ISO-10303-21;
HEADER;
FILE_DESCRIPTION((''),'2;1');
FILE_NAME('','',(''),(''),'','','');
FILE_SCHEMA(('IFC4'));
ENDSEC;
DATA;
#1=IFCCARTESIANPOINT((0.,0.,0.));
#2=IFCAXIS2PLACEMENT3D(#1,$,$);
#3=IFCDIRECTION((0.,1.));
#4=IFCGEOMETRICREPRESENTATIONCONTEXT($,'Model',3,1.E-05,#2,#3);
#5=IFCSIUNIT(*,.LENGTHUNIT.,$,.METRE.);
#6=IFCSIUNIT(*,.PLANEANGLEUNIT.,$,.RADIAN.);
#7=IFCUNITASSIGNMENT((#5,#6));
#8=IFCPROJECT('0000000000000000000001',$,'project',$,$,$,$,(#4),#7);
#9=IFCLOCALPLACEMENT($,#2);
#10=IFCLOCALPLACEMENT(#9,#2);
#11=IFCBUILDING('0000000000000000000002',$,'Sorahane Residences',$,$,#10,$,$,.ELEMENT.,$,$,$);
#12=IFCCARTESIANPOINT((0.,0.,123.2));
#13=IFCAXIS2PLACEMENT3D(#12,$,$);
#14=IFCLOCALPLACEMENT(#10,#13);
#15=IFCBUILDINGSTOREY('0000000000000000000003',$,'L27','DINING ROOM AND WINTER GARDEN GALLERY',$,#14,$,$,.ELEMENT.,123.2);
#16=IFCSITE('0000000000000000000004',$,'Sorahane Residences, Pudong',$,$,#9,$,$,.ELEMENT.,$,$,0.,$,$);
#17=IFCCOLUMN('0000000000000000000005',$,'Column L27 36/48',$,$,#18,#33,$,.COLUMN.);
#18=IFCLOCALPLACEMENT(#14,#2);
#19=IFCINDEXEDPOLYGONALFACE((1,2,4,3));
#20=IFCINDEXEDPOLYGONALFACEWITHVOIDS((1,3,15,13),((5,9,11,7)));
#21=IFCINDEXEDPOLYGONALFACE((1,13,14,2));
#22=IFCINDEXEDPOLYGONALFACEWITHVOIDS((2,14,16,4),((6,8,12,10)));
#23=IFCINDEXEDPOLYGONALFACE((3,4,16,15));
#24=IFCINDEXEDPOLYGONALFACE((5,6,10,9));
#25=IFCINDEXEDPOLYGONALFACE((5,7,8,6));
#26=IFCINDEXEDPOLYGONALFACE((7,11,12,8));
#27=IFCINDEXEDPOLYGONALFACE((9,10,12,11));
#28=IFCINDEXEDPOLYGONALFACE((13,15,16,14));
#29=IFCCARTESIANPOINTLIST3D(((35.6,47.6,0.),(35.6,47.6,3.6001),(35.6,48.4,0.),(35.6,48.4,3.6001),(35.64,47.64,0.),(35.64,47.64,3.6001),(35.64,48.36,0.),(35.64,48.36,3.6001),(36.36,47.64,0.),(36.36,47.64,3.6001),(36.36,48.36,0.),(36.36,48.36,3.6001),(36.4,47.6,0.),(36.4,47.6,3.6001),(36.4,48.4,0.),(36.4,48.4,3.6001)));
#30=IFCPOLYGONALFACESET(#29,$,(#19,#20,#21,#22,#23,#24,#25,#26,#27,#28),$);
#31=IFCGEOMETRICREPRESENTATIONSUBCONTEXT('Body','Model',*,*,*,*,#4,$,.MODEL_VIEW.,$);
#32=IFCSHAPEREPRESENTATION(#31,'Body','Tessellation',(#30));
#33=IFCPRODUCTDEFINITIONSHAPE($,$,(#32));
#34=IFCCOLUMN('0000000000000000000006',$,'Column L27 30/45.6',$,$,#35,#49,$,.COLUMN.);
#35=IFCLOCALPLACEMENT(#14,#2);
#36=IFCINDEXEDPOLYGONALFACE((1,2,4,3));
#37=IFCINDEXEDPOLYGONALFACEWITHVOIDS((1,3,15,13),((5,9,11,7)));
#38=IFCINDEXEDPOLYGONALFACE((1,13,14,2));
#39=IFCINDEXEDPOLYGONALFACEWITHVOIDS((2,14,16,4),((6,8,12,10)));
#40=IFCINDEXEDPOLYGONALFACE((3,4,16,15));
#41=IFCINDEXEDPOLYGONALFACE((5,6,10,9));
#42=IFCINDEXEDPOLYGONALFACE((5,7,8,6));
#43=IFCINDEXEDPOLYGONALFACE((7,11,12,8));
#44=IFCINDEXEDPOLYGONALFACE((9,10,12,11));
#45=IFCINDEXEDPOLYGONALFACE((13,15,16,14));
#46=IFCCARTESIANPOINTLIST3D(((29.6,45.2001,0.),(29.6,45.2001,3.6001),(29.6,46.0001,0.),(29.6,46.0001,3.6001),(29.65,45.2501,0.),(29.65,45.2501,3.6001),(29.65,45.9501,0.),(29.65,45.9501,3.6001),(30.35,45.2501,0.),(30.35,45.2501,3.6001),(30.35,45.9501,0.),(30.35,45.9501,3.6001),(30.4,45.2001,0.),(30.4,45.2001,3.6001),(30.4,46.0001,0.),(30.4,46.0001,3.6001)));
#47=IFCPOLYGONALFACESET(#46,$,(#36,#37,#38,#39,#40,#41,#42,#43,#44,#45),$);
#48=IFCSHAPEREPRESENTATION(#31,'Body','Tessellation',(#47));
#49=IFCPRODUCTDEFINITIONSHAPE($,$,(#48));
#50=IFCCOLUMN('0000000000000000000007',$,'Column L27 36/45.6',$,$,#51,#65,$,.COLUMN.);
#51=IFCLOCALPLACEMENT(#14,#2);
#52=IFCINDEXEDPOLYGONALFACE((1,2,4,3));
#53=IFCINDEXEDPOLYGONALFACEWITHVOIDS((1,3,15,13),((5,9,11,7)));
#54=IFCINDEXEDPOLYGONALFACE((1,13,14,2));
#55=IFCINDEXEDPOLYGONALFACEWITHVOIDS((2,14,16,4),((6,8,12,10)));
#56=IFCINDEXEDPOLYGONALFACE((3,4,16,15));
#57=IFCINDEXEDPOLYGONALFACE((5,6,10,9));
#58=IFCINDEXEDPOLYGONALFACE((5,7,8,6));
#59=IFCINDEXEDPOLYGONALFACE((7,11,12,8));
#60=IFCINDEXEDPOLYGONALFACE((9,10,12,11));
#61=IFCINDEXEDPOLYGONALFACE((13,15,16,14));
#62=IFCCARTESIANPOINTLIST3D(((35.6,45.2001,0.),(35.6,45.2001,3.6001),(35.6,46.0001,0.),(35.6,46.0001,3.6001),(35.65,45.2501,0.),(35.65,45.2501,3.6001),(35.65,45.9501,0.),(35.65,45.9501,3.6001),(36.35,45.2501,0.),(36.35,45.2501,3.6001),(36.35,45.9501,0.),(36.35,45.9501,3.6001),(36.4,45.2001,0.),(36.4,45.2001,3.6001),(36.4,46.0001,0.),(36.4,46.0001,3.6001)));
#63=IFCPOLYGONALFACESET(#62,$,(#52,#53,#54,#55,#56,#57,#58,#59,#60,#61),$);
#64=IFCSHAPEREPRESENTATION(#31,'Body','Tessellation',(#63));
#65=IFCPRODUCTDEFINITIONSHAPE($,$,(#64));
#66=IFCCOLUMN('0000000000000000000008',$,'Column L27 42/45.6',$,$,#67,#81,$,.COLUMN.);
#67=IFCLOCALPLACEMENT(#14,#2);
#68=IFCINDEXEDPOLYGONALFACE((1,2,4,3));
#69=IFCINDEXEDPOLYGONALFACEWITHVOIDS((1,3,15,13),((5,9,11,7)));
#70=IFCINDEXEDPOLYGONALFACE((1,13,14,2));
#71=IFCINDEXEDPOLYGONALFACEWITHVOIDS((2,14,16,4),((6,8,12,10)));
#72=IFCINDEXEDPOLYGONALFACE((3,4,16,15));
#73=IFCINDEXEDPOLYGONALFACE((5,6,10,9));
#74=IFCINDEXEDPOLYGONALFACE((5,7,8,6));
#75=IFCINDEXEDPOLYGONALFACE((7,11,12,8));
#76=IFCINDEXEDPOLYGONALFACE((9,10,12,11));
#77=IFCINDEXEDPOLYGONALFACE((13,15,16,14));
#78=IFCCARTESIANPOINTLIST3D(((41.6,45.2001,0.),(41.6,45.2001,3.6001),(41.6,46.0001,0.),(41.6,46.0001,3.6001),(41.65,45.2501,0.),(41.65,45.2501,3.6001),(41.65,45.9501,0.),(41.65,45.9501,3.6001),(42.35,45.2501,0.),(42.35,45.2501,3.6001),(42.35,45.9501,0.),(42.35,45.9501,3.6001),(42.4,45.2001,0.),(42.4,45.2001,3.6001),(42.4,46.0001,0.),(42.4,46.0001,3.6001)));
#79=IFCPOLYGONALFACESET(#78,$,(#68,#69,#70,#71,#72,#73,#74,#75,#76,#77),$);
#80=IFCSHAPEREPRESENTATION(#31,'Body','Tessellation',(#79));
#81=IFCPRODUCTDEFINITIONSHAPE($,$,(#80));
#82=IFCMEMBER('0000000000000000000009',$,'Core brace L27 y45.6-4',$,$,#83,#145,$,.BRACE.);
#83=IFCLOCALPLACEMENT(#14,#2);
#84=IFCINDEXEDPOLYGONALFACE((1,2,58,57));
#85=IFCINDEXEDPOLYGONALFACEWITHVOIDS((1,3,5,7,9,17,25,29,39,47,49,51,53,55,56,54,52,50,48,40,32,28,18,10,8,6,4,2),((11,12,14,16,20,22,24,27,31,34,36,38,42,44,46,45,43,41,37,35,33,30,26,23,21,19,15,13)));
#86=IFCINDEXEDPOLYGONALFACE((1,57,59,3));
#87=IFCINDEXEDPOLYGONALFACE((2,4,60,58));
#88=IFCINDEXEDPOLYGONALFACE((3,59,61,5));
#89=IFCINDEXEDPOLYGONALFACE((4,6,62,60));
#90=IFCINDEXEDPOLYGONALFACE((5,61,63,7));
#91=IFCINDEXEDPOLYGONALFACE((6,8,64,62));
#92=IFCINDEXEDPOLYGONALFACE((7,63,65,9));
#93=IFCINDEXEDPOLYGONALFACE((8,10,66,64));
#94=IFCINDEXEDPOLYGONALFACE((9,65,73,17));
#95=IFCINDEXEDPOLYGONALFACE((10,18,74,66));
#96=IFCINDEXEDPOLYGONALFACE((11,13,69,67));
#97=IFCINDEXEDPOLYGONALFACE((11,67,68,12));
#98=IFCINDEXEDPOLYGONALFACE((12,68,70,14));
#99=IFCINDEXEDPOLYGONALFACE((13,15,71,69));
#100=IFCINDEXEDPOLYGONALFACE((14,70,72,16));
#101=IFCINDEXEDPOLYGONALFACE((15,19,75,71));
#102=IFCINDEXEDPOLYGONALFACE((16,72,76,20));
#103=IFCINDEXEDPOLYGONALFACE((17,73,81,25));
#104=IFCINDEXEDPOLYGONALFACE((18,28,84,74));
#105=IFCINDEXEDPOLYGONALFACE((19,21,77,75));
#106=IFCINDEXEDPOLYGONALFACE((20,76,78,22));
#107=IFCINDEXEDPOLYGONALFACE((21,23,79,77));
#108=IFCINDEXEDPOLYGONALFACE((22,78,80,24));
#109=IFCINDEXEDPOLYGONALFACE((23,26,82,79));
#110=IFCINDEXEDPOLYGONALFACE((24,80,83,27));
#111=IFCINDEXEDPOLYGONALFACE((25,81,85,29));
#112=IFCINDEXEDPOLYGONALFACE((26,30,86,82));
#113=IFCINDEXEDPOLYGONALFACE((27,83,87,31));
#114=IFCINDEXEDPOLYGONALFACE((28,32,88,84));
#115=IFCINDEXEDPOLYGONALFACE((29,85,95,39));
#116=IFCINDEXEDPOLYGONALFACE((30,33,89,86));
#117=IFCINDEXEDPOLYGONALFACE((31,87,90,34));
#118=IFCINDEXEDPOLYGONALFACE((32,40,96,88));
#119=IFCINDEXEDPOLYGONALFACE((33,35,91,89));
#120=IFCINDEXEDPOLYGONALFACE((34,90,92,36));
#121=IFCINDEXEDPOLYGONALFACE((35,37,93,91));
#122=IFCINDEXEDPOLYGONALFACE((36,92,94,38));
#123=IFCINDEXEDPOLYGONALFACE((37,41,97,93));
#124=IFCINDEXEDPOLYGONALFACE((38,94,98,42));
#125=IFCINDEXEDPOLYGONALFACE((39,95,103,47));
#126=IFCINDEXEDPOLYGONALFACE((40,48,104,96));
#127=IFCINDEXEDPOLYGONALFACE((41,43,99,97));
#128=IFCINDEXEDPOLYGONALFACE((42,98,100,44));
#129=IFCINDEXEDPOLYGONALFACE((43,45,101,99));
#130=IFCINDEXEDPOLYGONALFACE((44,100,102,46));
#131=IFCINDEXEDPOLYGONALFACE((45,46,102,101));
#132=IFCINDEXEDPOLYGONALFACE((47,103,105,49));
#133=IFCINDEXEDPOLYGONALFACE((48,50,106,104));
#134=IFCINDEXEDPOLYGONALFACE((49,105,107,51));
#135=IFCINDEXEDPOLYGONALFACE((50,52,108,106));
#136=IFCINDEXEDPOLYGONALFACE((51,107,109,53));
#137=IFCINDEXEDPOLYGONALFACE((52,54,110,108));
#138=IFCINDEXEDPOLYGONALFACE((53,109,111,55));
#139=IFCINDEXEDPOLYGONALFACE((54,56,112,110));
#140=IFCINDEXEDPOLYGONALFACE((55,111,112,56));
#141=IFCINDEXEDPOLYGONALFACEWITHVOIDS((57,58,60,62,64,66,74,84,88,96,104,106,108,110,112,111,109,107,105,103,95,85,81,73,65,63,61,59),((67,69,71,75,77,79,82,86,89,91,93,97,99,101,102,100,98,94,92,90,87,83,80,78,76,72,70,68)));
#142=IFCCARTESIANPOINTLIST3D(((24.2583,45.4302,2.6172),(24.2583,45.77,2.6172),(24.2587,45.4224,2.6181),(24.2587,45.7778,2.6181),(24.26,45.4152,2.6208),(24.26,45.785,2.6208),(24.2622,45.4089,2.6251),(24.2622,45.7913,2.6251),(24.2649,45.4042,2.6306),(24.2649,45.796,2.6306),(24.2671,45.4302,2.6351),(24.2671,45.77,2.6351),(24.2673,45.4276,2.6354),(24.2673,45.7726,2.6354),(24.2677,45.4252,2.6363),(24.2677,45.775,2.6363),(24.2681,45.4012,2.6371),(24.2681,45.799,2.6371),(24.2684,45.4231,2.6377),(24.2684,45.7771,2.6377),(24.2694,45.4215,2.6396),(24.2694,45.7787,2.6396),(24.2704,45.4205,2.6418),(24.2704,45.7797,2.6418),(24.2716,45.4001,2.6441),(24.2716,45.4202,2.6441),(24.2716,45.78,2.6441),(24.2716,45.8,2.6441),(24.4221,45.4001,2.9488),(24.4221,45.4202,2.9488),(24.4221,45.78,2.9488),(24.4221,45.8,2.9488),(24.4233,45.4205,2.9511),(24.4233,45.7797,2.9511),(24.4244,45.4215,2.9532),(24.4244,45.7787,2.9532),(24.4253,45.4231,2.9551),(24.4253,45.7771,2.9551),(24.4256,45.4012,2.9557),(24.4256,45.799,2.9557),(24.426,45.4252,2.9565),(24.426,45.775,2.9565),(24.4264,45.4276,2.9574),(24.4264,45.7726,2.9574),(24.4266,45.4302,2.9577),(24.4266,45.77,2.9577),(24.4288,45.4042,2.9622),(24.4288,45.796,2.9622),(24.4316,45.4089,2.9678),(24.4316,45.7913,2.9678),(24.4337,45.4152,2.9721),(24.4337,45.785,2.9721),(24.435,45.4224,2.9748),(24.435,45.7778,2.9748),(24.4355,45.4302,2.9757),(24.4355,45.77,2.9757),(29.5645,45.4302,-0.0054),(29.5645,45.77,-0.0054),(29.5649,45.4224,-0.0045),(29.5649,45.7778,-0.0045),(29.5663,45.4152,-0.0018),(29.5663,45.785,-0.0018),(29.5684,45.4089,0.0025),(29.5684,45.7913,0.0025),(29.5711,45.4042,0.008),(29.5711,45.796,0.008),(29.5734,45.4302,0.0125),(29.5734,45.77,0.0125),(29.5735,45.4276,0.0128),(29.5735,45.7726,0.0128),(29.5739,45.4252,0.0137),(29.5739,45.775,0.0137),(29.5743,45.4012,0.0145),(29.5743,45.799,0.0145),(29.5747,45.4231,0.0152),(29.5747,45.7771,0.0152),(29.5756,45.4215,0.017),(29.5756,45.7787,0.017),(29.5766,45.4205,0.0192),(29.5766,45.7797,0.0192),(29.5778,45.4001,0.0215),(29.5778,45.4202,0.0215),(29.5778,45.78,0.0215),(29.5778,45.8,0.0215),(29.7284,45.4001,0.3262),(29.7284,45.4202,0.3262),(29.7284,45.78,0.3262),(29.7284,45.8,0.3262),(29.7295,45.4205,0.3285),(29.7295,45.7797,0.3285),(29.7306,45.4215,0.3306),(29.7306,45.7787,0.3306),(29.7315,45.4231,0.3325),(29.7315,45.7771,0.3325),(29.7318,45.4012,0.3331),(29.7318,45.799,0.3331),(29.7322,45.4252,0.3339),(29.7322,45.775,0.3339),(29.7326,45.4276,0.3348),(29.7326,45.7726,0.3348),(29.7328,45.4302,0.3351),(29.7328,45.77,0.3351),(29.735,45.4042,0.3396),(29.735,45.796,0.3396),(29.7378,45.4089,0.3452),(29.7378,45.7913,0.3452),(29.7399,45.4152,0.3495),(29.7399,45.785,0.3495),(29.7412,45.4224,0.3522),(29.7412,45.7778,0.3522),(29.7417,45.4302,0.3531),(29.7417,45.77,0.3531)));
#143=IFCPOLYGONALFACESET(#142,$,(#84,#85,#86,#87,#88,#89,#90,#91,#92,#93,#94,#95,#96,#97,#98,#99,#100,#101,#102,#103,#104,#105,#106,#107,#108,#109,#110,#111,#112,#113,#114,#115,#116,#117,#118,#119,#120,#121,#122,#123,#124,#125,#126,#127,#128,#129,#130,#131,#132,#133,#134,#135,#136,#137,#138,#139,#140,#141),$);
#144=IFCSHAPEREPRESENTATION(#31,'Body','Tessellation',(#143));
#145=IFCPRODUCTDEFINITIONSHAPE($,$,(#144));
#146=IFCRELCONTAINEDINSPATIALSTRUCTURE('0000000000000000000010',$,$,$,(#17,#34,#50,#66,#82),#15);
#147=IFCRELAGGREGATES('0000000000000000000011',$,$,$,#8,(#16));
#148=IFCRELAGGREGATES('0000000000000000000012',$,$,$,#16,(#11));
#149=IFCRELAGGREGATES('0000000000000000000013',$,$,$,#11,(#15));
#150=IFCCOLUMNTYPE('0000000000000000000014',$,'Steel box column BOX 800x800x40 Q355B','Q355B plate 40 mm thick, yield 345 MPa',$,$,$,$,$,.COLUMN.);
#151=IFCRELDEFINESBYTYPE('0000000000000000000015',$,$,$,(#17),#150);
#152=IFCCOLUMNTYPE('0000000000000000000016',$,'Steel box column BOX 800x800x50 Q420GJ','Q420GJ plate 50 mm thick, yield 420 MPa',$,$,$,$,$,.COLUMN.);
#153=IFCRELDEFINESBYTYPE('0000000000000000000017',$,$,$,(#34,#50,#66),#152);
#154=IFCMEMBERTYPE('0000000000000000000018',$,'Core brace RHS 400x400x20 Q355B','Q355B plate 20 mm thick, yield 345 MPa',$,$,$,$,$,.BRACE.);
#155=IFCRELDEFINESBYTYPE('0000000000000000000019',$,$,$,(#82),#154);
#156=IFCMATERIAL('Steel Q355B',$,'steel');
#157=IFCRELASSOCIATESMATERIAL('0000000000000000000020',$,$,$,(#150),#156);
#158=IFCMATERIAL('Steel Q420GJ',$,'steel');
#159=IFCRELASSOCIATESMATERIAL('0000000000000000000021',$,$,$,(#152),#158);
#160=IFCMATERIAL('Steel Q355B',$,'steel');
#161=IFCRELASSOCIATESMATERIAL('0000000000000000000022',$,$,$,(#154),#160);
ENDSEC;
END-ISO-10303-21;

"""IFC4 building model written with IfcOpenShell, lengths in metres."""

from ifc_helpers import new_model, si_unit, direction, frame, origin, origin_2d, place, context, subcontext, project, spatial, hollow_rectangle, extrude, material, material_profile, profile_set, type_object, element, save


model = new_model("IFC4")

# Units and contexts
model_context = context("Model", 3, precision=1e-05, world=origin(), true_north=direction((0.0, 1.0)))
body_context = subcontext(model_context, "Body", "Model", "MODEL_VIEW")
ifc_project = project(units=[si_unit("LENGTHUNIT", "METRE"), si_unit("PLANEANGLEUNIT", "RADIAN")], contexts=[model_context])

# Site, building, storey
site_placement = place(None, origin())
site = spatial("IfcSite", under=ifc_project, at=site_placement, Name="Sorahane Residences, Pudong", CompositionType="ELEMENT", RefElevation=0.0)
building_placement = place(site_placement, origin())
building = spatial("IfcBuilding", under=site, at=building_placement, Name="Sorahane Residences", CompositionType="ELEMENT")
storey_placement = place(building_placement, frame((0.0, 0.0, 123.2)))
storey = spatial("IfcBuildingStorey", under=building, at=storey_placement, Name="L27", Description="DINING ROOM AND WINTER GARDEN GALLERY", CompositionType="ELEMENT", Elevation=123.2)

# Columns
ifc_material_1 = material(Name="Steel Q355B", Category="steel")
ifc_material_profile_1 = material_profile(ifc_material_1, hollow_rectangle(XDim=0.8, YDim=0.8, WallThickness=0.04, at=origin_2d()), Name="BOX 800x800x40")
ifc_profile_set_1 = profile_set([ifc_material_profile_1], Name="Steel Q355B")
column_type_1 = type_object("IfcColumnType", Name="Steel box column BOX 800x800x40 Q355B", Description="Q355B plate 40 mm thick, yield 345 MPa", PredefinedType="COLUMN", material=ifc_profile_set_1)
column_placement = place(storey_placement, frame((36.0, 48.0, 0.0), z_axis=(0.0, 0.0, 1.0), x_axis=(1.0, 0.0, 0.0)))
element("IfcColumn", 1, at=column_placement, inside=storey, type_object=column_type_1, Name="Column L27 36/48", PredefinedType="COLUMN", context=body_context, shape_type="SweptSolid", body=[
    extrude(hollow_rectangle(XDim=0.8, YDim=0.8, WallThickness=0.04, at=origin_2d()), origin(), (0.0, 0.0, 1.0), 3.6001),
])
ifc_material_2 = material(Name="Steel Q420GJ", Category="steel")
ifc_material_profile_2 = material_profile(ifc_material_2, hollow_rectangle(XDim=0.8, YDim=0.8, WallThickness=0.05, at=origin_2d()), Name="BOX 800x800x50")
ifc_profile_set_2 = profile_set([ifc_material_profile_2], Name="Steel Q420GJ")
column_type_2 = type_object("IfcColumnType", Name="Steel box column BOX 800x800x50 Q420GJ", Description="Q420GJ plate 50 mm thick, yield 420 MPa", PredefinedType="COLUMN", material=ifc_profile_set_2)
for number, where, z_axis, x_axis, name in (
    (2, (30.0, 45.6001, 0.0), (0.0, 0.0, 1.0), (1.0, 0.0, 0.0), "Column L27 30/45.6"),
    (3, (36.0, 45.6001, 0.0), (0.0, 0.0, 1.0), (1.0, 0.0, 0.0), "Column L27 36/45.6"),
    (4, (42.0, 45.6001, 0.0), (0.0, 0.0, 1.0), (1.0, 0.0, 0.0), "Column L27 42/45.6"),
):
    element("IfcColumn", number, at=place(storey_placement, frame(where, z_axis=z_axis, x_axis=x_axis)), inside=storey, type_object=column_type_2, Name=name, PredefinedType="COLUMN", context=body_context, shape_type="SweptSolid", body=[
        extrude(hollow_rectangle(XDim=0.8, YDim=0.8, WallThickness=0.05, at=origin_2d()), origin(), (0.0, 0.0, 1.0), 3.6001),
    ])

# Member
ifc_material_3 = material(Name="Steel Q355B", Category="steel")
ifc_material_profile_3 = material_profile(ifc_material_3, hollow_rectangle(XDim=0.3999, YDim=0.3999, WallThickness=0.02, InnerFilletRadius=0.01, OuterFilletRadius=0.03, at=origin_2d()), Name="RHS 400x400x20")
ifc_profile_set_3 = profile_set([ifc_material_profile_3], Name="Steel Q355B")
member_type_1 = type_object("IfcMemberType", Name="Core brace RHS 400x400x20 Q355B", Description="Q355B plate 20 mm thick, yield 345 MPa", PredefinedType="BRACE", material=ifc_profile_set_3)
for number, where, z_axis, x_axis, name in (
    (5, (29.6531, 45.6001, 0.1738), (-0.89648, 0.0, 0.443084), (0.0, -1.0, 0.0), "Core brace L27 y45.6-4"),
):
    element("IfcMember", number, at=place(storey_placement, frame(where, z_axis=z_axis, x_axis=x_axis)), inside=storey, type_object=member_type_1, Name=name, PredefinedType="BRACE", context=body_context, shape_type="SweptSolid", body=[
        extrude(hollow_rectangle(XDim=0.3999, YDim=0.3999, WallThickness=0.02, InnerFilletRadius=0.01, OuterFilletRadius=0.03, at=origin_2d()), origin(), (0.0, 0.0, 1.0), 5.9189),
    ])

save(model, "model.ifc")
